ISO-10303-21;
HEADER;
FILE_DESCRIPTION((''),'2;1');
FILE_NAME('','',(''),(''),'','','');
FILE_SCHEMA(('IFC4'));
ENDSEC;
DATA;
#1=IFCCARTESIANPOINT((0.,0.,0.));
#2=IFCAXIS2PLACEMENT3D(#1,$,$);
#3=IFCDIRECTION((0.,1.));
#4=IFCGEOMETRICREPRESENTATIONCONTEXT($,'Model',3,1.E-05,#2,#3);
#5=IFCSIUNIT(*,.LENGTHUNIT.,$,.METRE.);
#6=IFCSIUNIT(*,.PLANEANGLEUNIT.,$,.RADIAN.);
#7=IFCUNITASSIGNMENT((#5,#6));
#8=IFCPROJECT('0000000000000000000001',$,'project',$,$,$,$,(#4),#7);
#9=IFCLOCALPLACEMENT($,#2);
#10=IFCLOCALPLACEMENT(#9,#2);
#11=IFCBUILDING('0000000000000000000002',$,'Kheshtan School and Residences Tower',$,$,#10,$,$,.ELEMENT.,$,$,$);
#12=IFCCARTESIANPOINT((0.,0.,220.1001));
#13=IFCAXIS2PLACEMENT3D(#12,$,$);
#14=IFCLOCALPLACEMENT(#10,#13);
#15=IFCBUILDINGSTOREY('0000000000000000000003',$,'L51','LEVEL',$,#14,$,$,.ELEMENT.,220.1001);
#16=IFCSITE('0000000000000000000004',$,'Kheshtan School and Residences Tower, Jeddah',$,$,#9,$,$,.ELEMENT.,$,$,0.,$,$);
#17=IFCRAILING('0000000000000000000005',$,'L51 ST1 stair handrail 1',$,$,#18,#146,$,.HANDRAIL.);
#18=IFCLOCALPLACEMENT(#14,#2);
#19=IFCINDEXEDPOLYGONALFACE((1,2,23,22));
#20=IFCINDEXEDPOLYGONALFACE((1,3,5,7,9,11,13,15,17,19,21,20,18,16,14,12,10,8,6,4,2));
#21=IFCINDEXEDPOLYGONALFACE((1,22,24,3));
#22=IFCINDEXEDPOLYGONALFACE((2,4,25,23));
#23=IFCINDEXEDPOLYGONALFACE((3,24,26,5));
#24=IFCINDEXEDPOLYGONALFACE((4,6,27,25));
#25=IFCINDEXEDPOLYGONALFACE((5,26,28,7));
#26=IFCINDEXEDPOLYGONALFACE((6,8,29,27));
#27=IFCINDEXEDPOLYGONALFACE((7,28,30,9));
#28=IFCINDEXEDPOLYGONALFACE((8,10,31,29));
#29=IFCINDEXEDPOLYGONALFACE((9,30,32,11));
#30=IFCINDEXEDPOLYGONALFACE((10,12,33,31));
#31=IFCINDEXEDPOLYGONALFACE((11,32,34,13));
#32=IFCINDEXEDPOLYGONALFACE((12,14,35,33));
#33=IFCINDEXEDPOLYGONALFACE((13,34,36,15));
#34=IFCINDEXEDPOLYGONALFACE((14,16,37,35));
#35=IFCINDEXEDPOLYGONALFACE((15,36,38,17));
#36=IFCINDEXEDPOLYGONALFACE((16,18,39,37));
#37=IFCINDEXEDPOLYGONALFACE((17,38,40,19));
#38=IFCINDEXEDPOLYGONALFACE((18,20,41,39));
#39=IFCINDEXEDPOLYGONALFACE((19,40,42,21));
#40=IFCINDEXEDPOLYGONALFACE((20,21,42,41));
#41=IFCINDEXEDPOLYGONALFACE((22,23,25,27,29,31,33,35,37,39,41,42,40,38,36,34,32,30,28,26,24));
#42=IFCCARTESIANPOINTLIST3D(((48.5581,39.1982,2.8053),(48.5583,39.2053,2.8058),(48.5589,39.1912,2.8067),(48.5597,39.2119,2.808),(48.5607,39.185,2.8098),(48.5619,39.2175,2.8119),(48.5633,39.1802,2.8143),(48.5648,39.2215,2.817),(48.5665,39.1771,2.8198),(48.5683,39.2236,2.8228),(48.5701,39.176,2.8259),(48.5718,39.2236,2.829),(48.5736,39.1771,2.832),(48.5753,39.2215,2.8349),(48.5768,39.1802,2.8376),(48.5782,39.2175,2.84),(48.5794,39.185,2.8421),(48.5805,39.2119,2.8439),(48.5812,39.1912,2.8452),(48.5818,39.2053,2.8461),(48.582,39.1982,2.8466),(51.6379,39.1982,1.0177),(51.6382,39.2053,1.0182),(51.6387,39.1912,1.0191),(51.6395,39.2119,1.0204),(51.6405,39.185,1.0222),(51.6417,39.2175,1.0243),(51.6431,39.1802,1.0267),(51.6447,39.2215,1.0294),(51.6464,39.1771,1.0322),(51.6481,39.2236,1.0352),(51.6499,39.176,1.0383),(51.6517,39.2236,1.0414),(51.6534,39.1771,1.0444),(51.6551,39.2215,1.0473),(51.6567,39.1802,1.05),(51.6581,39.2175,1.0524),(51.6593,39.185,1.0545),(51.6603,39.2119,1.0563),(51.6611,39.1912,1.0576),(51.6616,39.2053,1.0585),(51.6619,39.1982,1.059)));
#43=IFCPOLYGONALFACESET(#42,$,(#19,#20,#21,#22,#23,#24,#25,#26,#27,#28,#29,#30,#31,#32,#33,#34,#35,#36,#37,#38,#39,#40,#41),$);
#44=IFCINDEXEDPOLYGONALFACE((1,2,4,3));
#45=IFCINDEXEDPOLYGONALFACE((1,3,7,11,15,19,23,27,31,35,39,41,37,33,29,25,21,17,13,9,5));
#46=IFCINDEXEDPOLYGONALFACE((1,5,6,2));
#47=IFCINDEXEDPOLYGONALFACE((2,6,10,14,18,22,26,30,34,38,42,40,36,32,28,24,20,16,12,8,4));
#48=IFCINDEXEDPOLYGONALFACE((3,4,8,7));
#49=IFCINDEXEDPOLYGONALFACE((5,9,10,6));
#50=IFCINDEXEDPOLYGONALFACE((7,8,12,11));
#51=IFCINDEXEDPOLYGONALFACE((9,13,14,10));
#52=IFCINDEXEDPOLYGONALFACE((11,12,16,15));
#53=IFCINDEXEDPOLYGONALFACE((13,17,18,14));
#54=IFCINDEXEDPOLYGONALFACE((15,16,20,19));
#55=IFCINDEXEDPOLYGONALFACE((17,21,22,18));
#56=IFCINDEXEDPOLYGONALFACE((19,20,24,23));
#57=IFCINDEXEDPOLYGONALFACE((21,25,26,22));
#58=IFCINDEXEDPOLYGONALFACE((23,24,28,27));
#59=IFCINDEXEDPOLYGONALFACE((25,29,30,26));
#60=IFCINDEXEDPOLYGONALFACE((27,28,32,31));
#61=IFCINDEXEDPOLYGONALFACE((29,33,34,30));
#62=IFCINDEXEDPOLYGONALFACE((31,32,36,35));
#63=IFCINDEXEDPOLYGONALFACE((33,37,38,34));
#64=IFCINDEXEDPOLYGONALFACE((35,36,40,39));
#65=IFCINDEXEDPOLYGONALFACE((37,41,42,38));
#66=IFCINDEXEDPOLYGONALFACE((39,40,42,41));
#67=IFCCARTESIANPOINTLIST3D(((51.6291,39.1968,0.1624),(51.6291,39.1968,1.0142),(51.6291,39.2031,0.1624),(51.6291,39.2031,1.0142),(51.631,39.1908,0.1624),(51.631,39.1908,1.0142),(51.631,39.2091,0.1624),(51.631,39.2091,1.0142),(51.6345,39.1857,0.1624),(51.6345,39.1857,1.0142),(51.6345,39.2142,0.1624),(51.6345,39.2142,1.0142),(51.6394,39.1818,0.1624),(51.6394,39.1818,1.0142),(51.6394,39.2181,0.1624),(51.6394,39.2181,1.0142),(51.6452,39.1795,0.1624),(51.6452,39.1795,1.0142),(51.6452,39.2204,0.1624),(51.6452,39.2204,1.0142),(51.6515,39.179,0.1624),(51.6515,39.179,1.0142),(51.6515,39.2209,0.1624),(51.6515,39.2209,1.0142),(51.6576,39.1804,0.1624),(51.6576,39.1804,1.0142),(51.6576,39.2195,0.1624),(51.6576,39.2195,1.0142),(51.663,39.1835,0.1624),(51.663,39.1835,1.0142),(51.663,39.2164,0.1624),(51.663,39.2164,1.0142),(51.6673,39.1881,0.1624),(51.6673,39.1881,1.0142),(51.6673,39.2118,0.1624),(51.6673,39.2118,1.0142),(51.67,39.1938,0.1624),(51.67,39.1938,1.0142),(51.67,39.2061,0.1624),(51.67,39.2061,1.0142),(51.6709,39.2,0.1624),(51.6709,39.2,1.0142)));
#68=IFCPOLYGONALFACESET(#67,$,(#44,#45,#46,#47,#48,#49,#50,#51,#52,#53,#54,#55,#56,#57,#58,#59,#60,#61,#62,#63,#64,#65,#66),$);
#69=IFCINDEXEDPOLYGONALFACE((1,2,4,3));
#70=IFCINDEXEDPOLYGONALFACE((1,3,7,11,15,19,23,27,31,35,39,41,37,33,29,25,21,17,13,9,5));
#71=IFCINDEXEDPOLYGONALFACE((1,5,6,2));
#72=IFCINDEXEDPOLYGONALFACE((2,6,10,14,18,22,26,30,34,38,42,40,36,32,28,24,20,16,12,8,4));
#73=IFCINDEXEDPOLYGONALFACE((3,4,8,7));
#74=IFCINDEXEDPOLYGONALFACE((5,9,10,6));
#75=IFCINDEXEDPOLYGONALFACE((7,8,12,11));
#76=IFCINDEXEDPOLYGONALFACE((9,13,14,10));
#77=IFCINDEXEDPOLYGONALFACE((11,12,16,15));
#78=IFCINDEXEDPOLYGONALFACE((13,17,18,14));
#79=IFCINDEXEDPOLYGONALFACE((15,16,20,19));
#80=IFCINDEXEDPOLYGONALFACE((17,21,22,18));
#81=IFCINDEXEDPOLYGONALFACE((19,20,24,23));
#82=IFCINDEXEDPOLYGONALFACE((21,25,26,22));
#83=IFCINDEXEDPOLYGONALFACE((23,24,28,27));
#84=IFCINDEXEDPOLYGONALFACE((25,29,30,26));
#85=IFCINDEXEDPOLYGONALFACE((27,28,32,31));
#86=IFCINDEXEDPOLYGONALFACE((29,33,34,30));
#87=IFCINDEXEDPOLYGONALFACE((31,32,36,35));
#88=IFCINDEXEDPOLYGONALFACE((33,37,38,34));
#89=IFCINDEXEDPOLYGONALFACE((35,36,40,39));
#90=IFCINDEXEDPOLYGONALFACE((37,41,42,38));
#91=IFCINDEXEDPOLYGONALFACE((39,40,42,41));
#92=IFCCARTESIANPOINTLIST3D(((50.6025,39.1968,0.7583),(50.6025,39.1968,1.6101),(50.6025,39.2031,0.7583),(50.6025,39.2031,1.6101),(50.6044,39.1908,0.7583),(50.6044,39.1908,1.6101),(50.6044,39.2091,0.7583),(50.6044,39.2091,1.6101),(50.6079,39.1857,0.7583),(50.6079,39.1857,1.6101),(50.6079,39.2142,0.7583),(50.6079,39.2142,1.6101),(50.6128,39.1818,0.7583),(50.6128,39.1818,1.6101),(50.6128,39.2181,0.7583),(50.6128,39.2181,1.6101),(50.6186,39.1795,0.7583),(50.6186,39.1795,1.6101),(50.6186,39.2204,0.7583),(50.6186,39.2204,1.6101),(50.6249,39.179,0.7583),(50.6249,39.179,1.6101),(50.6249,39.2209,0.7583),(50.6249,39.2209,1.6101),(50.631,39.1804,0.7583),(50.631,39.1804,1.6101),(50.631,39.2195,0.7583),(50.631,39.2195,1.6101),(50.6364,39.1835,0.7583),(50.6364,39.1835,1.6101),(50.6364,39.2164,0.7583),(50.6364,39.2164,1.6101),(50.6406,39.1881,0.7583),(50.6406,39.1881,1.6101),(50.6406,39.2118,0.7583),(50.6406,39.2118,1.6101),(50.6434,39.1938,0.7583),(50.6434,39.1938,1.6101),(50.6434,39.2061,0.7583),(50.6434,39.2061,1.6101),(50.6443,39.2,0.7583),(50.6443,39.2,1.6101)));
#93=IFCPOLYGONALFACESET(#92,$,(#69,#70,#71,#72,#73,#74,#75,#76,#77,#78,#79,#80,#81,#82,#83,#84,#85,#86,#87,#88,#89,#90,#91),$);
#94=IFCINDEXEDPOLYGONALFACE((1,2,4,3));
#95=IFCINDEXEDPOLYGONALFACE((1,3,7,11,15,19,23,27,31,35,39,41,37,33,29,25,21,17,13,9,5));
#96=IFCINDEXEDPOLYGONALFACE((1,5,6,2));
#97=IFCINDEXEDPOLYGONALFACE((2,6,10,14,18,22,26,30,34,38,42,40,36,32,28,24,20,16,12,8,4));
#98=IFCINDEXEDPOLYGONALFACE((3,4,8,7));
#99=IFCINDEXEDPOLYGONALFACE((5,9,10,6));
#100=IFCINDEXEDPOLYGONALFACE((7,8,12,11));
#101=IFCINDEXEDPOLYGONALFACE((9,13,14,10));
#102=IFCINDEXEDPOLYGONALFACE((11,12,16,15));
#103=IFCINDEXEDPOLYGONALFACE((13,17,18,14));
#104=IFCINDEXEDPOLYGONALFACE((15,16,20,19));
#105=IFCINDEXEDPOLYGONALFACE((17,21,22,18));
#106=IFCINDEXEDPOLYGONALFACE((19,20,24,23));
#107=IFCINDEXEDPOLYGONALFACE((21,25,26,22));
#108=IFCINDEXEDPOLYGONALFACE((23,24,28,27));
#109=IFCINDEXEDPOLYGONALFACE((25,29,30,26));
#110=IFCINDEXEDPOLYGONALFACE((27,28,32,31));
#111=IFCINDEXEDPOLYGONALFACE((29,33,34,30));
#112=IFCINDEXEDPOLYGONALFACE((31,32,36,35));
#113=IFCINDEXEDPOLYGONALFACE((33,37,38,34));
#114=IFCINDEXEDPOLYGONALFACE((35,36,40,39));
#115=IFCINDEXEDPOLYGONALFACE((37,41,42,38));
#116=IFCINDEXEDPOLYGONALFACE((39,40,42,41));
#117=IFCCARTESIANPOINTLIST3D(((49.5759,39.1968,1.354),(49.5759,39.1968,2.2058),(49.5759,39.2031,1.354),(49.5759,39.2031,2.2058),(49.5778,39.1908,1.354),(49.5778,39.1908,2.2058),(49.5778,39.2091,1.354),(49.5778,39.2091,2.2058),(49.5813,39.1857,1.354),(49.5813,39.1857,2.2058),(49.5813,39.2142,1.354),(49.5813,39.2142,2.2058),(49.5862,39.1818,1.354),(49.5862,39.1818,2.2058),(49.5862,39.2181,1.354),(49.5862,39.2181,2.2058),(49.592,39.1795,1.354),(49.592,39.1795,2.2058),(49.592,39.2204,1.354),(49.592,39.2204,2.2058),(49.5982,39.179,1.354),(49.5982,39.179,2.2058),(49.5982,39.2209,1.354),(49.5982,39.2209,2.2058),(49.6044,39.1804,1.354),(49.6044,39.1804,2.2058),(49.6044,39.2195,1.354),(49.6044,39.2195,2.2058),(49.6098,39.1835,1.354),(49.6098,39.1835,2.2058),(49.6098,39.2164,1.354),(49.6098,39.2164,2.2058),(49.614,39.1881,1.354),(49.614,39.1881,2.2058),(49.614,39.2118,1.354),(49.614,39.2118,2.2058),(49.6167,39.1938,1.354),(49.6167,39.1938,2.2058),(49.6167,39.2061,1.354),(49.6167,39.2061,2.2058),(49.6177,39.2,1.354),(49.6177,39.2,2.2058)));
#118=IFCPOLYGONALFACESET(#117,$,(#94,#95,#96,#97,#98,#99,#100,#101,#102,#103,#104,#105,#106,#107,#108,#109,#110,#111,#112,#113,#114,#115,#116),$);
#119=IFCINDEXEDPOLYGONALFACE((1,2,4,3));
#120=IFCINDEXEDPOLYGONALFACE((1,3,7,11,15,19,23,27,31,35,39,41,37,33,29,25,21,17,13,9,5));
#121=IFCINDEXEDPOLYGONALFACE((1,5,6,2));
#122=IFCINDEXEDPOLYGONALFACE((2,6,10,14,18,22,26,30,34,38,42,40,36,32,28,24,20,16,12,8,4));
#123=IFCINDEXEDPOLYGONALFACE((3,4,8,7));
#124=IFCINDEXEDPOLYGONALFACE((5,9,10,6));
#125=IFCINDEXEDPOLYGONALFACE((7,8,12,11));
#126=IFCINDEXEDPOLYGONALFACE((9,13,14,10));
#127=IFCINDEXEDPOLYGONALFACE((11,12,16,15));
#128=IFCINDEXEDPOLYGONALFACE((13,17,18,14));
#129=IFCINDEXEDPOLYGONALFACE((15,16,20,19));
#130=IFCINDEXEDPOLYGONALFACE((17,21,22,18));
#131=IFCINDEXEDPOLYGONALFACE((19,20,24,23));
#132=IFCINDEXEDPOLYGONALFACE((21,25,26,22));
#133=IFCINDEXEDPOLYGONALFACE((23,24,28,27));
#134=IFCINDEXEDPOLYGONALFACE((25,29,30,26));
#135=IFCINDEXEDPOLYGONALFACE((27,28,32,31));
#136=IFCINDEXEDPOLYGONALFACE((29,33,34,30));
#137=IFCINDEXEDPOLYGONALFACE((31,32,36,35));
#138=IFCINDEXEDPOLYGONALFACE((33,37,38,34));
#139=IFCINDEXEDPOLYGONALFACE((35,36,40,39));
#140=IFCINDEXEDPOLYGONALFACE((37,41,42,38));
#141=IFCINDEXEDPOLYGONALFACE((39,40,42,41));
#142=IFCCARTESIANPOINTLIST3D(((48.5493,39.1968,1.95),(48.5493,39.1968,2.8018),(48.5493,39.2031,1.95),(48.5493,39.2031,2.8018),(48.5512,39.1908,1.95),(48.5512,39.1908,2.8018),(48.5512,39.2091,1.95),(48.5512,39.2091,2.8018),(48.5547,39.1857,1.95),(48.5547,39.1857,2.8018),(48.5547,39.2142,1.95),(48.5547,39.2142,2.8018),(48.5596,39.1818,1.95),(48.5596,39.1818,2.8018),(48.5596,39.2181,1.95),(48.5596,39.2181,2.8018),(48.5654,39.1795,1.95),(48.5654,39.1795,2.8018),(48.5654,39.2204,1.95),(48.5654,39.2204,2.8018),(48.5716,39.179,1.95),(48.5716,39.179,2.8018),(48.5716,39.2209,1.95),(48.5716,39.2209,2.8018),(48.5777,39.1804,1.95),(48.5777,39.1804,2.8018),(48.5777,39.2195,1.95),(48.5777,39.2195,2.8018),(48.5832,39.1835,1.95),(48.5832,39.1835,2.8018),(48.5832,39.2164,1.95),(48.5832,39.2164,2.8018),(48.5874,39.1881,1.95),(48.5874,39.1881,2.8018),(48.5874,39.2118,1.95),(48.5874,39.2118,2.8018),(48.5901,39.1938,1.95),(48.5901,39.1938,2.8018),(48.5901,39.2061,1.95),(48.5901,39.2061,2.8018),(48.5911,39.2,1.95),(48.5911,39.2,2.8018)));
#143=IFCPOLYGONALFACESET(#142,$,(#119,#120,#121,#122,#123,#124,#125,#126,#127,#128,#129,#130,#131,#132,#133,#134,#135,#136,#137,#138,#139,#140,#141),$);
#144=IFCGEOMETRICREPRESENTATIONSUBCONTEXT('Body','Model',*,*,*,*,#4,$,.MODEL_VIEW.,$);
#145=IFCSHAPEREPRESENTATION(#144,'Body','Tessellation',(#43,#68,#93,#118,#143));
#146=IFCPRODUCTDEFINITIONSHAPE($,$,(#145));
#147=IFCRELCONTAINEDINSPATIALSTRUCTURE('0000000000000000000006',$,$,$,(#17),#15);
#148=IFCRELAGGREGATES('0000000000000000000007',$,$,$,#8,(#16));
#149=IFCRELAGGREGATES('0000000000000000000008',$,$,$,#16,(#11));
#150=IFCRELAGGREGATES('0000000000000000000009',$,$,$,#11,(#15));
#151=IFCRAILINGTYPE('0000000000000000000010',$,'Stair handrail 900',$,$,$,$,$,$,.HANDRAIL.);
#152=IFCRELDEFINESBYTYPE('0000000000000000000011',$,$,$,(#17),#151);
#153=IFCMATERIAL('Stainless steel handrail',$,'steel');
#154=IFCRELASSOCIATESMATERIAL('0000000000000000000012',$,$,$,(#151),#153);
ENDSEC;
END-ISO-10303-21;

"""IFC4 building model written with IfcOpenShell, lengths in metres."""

from ifc_helpers import new_model, si_unit, direction, frame, origin, origin_2d, place, context, subcontext, project, spatial, circle, extrude, material, type_object, element, save


model = new_model("IFC4")

# Units and contexts
model_context = context("Model", 3, precision=1e-05, world=origin(), true_north=direction((0.0, 1.0)))
body_context = subcontext(model_context, "Body", "Model", "MODEL_VIEW")
ifc_project = project(units=[si_unit("LENGTHUNIT", "METRE"), si_unit("PLANEANGLEUNIT", "RADIAN")], contexts=[model_context])

# Site, building, storey
site_placement = place(None, origin())
site = spatial("IfcSite", under=ifc_project, at=site_placement, Name="Kheshtan School and Residences Tower, Jeddah", CompositionType="ELEMENT", RefElevation=0.0)
building_placement = place(site_placement, origin())
building = spatial("IfcBuilding", under=site, at=building_placement, Name="Kheshtan School and Residences Tower", CompositionType="ELEMENT")
storey_placement = place(building_placement, frame((0.0, 0.0, 220.1001)))
storey = spatial("IfcBuildingStorey", under=building, at=storey_placement, Name="L51", Description="LEVEL", CompositionType="ELEMENT", Elevation=220.1001)

# Railing
ifc_material_1 = material(Name="Stainless steel handrail", Category="steel")
railing_type_1 = type_object("IfcRailingType", Name="Stair handrail 900", PredefinedType="HANDRAIL", material=ifc_material_1)
railing_1_placement = place(storey_placement, frame((51.6499, 39.2, 0.1624)))
element("IfcRailing", 1, at=railing_1_placement, inside=storey, type_object=railing_type_1, Name="L51 ST1 stair handrail 1", PredefinedType="HANDRAIL", context=body_context, shape_type="SweptSolid", body=[
    extrude(circle(Radius=0.0239, at=origin_2d()), frame((0.0, 0.0, 0.876), z_axis=(-0.864873, 0.0, 0.50199), x_axis=(0.0, -1.0, 0.0)), (0.0, 0.0, 1.0), 3.561),
    extrude(circle(Radius=0.021, at=origin_2d()), origin(), (0.0, 0.0, 1.0), 0.8518),
    extrude(circle(Radius=0.021, at=origin_2d()), frame((-1.0266, 0.0, 0.5959)), (0.0, 0.0, 1.0), 0.8518),
    extrude(circle(Radius=0.021, at=origin_2d()), frame((-2.0532, 0.0, 1.1917)), (0.0, 0.0, 1.0), 0.8518),
    extrude(circle(Radius=0.021, at=origin_2d()), frame((-3.0798, 0.0, 1.7876)), (0.0, 0.0, 1.0), 0.8518),
])

save(model, "model.ifc")
